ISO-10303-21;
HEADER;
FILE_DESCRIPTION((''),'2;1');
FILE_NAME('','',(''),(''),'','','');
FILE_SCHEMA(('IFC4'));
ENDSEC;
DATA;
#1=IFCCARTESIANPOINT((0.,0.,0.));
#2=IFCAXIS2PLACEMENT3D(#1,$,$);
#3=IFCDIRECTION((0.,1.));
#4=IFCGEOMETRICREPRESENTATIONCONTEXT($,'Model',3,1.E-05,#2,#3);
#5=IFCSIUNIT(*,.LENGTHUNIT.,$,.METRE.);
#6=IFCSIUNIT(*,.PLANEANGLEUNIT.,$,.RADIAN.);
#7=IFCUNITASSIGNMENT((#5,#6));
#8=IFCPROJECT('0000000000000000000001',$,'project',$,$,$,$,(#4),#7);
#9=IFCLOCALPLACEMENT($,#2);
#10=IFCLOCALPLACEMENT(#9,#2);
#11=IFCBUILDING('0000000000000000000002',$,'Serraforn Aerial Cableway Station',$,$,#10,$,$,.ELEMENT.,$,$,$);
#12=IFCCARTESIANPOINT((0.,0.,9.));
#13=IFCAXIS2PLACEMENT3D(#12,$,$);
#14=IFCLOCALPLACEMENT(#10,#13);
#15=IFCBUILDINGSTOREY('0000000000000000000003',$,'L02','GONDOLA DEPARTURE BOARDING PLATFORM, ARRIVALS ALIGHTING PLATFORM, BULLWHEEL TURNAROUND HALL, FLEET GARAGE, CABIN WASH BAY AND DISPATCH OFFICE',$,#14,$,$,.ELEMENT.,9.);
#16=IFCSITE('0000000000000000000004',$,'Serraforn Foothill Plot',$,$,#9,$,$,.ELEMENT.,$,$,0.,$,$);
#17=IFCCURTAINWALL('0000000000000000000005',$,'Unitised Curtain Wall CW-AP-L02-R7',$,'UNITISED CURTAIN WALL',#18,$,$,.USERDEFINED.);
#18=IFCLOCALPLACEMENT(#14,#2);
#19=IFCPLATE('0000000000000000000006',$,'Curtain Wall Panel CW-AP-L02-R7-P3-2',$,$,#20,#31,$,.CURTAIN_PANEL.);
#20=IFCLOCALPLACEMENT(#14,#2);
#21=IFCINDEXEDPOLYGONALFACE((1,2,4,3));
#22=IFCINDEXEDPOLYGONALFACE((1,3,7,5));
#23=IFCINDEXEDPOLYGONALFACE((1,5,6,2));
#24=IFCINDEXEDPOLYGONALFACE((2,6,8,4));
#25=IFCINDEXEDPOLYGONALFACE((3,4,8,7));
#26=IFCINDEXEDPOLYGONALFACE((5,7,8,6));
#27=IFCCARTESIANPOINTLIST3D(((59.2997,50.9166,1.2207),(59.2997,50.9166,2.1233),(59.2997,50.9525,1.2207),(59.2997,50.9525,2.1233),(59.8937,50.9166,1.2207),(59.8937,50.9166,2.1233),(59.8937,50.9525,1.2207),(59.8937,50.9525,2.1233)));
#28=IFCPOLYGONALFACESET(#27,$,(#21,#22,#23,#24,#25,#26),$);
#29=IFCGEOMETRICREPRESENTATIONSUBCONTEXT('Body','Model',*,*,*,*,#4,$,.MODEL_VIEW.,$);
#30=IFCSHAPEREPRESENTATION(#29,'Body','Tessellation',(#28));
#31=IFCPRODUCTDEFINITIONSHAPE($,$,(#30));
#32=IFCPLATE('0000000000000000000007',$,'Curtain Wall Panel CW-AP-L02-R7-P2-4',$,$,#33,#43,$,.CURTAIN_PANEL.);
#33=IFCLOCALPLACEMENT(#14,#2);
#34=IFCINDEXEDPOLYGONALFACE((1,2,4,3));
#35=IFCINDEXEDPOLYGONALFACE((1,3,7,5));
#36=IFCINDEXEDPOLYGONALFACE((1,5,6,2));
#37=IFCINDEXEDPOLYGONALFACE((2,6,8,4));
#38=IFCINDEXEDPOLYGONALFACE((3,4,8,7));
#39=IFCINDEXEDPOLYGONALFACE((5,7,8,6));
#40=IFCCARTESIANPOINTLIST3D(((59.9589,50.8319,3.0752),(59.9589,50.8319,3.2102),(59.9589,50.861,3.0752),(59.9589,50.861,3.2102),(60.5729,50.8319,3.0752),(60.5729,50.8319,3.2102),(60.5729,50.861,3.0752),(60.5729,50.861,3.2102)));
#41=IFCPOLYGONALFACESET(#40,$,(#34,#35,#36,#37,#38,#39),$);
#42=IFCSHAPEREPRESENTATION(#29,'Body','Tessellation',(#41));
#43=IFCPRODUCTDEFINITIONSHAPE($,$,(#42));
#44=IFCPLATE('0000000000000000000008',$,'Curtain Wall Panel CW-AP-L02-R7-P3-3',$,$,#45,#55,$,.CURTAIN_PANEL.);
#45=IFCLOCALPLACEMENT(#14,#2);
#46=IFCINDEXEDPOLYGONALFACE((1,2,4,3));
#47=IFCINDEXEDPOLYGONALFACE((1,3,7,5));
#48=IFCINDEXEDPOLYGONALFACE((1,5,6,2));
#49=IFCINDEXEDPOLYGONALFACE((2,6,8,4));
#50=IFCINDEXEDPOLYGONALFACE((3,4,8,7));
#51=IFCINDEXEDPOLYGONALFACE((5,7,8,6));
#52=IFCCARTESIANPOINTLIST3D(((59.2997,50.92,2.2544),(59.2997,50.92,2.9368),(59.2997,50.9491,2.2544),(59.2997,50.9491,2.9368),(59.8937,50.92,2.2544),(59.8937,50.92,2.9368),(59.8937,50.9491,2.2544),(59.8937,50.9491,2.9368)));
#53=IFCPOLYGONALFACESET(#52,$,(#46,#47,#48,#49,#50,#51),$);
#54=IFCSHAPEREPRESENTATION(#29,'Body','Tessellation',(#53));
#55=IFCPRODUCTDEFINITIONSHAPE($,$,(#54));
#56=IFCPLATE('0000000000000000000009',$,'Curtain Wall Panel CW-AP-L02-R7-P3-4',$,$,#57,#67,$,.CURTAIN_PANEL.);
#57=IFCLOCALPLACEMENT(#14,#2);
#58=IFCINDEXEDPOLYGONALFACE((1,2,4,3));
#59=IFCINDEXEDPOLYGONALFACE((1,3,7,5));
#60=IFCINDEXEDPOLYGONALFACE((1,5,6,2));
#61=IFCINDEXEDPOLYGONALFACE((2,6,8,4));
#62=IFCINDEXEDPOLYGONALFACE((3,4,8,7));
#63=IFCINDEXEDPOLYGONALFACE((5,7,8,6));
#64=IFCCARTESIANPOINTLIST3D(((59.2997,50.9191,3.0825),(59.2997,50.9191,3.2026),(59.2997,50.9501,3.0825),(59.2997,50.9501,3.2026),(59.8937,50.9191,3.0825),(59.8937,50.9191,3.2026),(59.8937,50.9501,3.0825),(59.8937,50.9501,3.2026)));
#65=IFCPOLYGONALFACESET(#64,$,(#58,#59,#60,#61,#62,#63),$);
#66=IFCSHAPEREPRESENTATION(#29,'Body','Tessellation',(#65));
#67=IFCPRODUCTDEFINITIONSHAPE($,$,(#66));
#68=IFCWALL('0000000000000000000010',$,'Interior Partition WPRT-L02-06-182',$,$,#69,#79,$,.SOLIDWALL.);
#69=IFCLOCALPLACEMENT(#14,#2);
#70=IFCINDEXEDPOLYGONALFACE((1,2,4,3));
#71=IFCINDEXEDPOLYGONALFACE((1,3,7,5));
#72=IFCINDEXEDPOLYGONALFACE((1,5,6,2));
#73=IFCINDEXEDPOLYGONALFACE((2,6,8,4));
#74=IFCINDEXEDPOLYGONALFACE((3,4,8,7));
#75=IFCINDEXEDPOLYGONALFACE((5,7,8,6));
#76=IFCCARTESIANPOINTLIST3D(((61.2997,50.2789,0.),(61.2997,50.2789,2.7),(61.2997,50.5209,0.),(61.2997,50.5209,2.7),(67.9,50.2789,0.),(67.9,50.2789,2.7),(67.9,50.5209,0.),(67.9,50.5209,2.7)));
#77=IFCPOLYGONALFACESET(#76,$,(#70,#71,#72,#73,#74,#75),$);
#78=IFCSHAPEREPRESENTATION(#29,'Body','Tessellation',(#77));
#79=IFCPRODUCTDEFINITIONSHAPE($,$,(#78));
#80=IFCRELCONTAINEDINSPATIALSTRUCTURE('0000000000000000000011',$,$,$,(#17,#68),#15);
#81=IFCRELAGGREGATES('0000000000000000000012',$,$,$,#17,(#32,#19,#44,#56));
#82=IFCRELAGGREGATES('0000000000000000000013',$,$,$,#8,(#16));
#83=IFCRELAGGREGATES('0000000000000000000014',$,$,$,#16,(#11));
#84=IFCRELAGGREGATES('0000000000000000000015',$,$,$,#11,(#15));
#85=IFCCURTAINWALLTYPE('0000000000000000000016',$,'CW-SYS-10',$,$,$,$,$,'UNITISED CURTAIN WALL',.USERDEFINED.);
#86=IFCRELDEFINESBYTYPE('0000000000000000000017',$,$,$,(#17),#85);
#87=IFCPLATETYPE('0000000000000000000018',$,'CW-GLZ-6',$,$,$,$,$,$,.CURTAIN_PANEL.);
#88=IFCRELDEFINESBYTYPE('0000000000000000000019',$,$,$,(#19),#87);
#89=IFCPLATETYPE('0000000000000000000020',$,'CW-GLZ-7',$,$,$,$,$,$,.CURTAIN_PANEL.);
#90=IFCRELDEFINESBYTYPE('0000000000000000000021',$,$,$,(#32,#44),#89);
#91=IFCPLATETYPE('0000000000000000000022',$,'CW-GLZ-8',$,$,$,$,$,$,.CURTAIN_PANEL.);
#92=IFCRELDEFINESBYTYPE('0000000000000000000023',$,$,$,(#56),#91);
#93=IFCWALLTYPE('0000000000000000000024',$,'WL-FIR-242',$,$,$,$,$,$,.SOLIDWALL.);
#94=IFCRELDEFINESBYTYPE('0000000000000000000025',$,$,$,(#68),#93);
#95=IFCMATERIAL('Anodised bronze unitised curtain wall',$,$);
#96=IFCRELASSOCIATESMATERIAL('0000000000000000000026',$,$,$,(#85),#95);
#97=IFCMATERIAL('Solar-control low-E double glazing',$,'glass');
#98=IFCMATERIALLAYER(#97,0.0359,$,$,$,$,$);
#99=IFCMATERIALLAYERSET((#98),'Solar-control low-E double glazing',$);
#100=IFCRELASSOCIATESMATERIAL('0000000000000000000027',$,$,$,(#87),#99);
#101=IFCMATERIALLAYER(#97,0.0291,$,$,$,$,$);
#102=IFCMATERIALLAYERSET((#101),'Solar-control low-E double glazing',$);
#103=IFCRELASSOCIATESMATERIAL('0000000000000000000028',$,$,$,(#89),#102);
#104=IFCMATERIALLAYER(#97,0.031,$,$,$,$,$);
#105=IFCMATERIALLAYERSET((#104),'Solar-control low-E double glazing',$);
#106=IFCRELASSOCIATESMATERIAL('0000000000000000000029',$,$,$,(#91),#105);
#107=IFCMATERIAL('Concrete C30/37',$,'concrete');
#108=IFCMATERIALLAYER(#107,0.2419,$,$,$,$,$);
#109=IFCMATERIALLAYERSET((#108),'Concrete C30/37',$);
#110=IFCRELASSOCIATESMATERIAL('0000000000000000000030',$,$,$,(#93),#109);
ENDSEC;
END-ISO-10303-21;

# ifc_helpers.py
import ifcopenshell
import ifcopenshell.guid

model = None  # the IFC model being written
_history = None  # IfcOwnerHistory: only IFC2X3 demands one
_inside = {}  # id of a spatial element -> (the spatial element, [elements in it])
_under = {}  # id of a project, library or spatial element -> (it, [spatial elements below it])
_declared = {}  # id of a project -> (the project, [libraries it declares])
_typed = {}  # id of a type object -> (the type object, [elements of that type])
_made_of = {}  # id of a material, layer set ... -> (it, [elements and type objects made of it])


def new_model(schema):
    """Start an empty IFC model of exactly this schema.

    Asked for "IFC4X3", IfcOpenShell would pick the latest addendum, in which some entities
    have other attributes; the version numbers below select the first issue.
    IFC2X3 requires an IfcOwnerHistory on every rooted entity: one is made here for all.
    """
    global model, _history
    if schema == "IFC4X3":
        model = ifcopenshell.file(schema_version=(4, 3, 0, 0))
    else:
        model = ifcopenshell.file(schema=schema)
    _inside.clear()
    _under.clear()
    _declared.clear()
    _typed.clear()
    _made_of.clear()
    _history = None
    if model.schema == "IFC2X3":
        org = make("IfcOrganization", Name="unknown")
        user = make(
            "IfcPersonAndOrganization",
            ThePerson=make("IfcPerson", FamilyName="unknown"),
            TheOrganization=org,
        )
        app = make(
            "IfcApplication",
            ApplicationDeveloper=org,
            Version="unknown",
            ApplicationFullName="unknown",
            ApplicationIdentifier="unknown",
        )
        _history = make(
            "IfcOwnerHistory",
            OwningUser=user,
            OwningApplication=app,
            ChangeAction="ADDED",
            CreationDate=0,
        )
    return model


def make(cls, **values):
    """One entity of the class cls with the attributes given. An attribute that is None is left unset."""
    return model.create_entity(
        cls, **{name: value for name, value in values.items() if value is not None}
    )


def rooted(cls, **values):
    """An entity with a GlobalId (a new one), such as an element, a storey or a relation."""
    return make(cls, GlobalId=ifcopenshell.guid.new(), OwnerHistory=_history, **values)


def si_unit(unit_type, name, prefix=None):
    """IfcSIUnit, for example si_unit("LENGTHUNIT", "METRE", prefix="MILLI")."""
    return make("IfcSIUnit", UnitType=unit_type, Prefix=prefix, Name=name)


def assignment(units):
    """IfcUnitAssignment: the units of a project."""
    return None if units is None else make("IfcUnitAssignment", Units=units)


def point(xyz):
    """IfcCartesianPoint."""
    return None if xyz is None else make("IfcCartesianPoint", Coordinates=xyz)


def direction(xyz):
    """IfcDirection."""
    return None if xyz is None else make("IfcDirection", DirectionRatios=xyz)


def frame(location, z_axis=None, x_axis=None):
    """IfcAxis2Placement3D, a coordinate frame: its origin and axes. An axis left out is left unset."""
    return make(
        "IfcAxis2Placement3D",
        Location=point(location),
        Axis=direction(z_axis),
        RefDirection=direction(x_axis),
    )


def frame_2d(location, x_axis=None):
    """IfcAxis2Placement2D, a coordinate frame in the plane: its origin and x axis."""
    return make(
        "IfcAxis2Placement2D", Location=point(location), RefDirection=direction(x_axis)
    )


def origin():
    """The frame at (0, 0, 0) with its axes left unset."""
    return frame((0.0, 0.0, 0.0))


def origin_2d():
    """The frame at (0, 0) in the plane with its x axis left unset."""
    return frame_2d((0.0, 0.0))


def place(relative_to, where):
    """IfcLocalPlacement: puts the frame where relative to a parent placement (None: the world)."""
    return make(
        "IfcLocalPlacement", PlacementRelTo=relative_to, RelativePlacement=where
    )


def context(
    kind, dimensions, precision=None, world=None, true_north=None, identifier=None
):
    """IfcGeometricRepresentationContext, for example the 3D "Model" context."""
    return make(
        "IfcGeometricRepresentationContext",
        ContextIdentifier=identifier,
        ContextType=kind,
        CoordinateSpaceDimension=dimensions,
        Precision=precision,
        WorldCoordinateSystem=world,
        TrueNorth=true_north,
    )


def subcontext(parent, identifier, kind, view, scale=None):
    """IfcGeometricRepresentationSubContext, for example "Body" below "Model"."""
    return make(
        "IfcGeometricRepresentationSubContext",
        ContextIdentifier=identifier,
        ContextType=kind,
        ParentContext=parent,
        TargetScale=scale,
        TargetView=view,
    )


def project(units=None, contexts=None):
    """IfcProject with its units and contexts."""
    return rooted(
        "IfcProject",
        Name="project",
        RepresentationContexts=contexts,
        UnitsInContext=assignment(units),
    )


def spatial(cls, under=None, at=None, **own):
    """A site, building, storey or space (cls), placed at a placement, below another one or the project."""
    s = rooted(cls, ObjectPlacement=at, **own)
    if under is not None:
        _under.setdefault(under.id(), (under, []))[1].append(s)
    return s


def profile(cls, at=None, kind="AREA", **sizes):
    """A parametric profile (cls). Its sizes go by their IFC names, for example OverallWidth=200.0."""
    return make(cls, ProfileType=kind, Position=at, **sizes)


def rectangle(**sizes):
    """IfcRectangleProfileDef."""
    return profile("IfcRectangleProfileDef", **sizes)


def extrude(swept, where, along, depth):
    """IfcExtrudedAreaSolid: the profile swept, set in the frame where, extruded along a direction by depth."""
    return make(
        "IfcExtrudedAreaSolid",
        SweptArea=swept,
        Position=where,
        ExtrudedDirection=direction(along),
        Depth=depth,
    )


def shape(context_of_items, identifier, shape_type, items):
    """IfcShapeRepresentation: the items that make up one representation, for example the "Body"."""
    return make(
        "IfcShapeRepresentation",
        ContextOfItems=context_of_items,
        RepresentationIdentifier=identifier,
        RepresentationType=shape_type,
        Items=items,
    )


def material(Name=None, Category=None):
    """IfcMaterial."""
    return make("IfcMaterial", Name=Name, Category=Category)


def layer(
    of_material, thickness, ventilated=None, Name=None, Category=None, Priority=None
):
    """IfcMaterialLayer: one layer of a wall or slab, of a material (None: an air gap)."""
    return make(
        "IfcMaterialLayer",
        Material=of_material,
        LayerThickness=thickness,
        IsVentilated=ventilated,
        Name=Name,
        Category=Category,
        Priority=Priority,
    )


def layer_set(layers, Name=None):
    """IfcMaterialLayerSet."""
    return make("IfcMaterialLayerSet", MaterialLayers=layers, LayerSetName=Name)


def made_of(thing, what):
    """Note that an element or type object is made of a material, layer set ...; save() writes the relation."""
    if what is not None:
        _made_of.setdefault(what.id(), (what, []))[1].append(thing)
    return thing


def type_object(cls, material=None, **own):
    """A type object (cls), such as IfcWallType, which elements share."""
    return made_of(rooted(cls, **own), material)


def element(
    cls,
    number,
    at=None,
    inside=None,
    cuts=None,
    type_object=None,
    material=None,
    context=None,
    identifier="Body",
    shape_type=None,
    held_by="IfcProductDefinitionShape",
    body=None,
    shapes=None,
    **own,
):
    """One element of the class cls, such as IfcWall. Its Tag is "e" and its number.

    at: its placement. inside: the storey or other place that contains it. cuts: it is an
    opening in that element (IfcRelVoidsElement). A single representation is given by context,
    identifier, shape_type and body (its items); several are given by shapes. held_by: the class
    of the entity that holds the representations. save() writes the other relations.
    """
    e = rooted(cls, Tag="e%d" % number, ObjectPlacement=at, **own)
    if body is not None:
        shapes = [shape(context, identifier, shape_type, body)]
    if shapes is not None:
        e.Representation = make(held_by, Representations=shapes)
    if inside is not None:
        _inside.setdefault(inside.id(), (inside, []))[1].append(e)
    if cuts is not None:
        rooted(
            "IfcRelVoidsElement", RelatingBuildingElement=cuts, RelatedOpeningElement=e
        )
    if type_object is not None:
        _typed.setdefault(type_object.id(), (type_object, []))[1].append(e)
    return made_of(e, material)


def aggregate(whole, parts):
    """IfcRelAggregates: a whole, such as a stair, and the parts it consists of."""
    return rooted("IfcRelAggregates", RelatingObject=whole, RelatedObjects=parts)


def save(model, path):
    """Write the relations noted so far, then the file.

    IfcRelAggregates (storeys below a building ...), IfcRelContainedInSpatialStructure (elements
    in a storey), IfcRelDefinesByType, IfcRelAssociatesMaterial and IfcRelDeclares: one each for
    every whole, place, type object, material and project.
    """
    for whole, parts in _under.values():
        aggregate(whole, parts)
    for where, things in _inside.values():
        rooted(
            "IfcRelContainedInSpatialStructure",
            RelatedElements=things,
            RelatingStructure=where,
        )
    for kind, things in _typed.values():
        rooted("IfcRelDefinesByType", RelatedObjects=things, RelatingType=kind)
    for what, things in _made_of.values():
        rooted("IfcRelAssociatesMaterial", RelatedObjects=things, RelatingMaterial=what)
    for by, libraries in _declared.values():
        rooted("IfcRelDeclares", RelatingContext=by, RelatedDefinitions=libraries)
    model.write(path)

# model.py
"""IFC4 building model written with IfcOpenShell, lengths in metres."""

from ifc_helpers import new_model, si_unit, direction, frame, frame_2d, origin, origin_2d, place, context, subcontext, project, spatial, rectangle, extrude, material, layer, layer_set, type_object, element, aggregate, save


model = new_model("IFC4")

# Units and contexts
model_context = context("Model", 3, precision=1e-05, world=origin(), true_north=direction((0.0, 1.0)))
body_context = subcontext(model_context, "Body", "Model", "MODEL_VIEW")
ifc_project = project(units=[si_unit("LENGTHUNIT", "METRE"), si_unit("PLANEANGLEUNIT", "RADIAN")], contexts=[model_context])

# Site, building, storey
site_placement = place(None, origin())
site = spatial("IfcSite", under=ifc_project, at=site_placement, Name="Serraforn Foothill Plot", CompositionType="ELEMENT", RefElevation=0.0)
building_placement = place(site_placement, origin())
building = spatial("IfcBuilding", under=site, at=building_placement, Name="Serraforn Aerial Cableway Station", CompositionType="ELEMENT")
storey_placement = place(building_placement, frame((0.0, 0.0, 9.0)))
storey = spatial("IfcBuildingStorey", under=building, at=storey_placement, Name="L02", Description="GONDOLA DEPARTURE BOARDING PLATFORM, ARRIVALS ALIGHTING PLATFORM, BULLWHEEL TURNAROUND HALL, FLEET GARAGE, CABIN WASH BAY AND DISPATCH OFFICE", CompositionType="ELEMENT", Elevation=9.0)

# Curtain wall
ifc_material_1 = material(Name="Anodised bronze unitised curtain wall")
curtain_wall_type_1 = type_object("IfcCurtainWallType", Name="CW-SYS-10", ElementType="UNITISED CURTAIN WALL", PredefinedType="USERDEFINED", material=ifc_material_1)
curtain_wall_1_placement = place(storey_placement, origin())
curtain_wall_1 = element("IfcCurtainWall", 1, at=curtain_wall_1_placement, inside=storey, type_object=curtain_wall_type_1, Name="Unitised Curtain Wall CW-AP-L02-R7", ObjectType="UNITISED CURTAIN WALL", PredefinedType="USERDEFINED")

# Plates
ifc_material_2 = material(Name="Solar-control low-E double glazing", Category="glass")
ifc_layer_1 = layer(ifc_material_2, 0.0359)
ifc_layer_set_1 = layer_set([ifc_layer_1], Name="Solar-control low-E double glazing")
plate_type_1 = type_object("IfcPlateType", Name="CW-GLZ-6", PredefinedType="CURTAIN_PANEL", material=ifc_layer_set_1)
plate_1_placement = place(storey_placement, frame((59.5967, 50.9346, 1.2207), z_axis=(0.0, 0.0, 1.0), x_axis=(1.0, 0.0, 0.0)))
plate_1 = element("IfcPlate", 2, at=plate_1_placement, type_object=plate_type_1, Name="Curtain Wall Panel CW-AP-L02-R7-P3-2", PredefinedType="CURTAIN_PANEL", context=body_context, shape_type="SweptSolid", body=[
    extrude(rectangle(XDim=0.594, YDim=0.0359, at=origin_2d()), origin(), (0.0, 0.0, 1.0), 0.9026),
])
ifc_layer_2 = layer(ifc_material_2, 0.0291)
ifc_layer_set_2 = layer_set([ifc_layer_2], Name="Solar-control low-E double glazing")
plate_type_2 = type_object("IfcPlateType", Name="CW-GLZ-7", PredefinedType="CURTAIN_PANEL", material=ifc_layer_set_2)
plate_2_placement = place(storey_placement, frame((60.2659, 50.8464, 3.0752), z_axis=(0.0, 0.0, 1.0), x_axis=(1.0, 0.0, 0.0)))
plate_2 = element("IfcPlate", 3, at=plate_2_placement, type_object=plate_type_2, Name="Curtain Wall Panel CW-AP-L02-R7-P2-4", PredefinedType="CURTAIN_PANEL", context=body_context, shape_type="SweptSolid", body=[
    extrude(rectangle(XDim=0.614, YDim=0.0291, at=origin_2d()), origin(), (0.0, 0.0, 1.0), 0.135),
])
plate_3_placement = place(storey_placement, frame((59.5967, 50.9346, 2.2544), z_axis=(0.0, 0.0, 1.0), x_axis=(1.0, 0.0, 0.0)))
plate_3 = element("IfcPlate", 4, at=plate_3_placement, type_object=plate_type_2, Name="Curtain Wall Panel CW-AP-L02-R7-P3-3", PredefinedType="CURTAIN_PANEL", context=body_context, shape_type="SweptSolid", body=[
    extrude(rectangle(XDim=0.594, YDim=0.0291, at=origin_2d()), origin(), (0.0, 0.0, 1.0), 0.6824),
])
ifc_layer_3 = layer(ifc_material_2, 0.031)
ifc_layer_set_3 = layer_set([ifc_layer_3], Name="Solar-control low-E double glazing")
plate_type_3 = type_object("IfcPlateType", Name="CW-GLZ-8", PredefinedType="CURTAIN_PANEL", material=ifc_layer_set_3)
plate_4_placement = place(storey_placement, frame((59.5967, 50.9346, 3.0825), z_axis=(0.0, 0.0, 1.0), x_axis=(1.0, 0.0, 0.0)))
plate_4 = element("IfcPlate", 5, at=plate_4_placement, type_object=plate_type_3, Name="Curtain Wall Panel CW-AP-L02-R7-P3-4", PredefinedType="CURTAIN_PANEL", context=body_context, shape_type="SweptSolid", body=[
    extrude(rectangle(XDim=0.594, YDim=0.031, at=origin_2d()), origin(), (0.0, 0.0, 1.0), 0.1201),
])
aggregate(curtain_wall_1, [plate_2, plate_1, plate_3, plate_4])

# Wall
ifc_material_3 = material(Name="Concrete C30/37", Category="concrete")
ifc_layer_4 = layer(ifc_material_3, 0.2419)
ifc_layer_set_4 = layer_set([ifc_layer_4], Name="Concrete C30/37")
wall_type = type_object("IfcWallType", Name="WL-FIR-242", PredefinedType="SOLIDWALL", material=ifc_layer_set_4)
wall_placement = place(storey_placement, frame((61.2996, 50.3999, 0.0), z_axis=(0.0, 0.0, 1.0), x_axis=(1.0, 0.0, 0.0)))
element("IfcWall", 6, at=wall_placement, inside=storey, type_object=wall_type, Name="Interior Partition WPRT-L02-06-182", PredefinedType="SOLIDWALL", context=body_context, shape_type="SweptSolid", body=[
    extrude(rectangle(XDim=6.6003, YDim=0.2419, at=frame_2d((3.3003, 0.0))), origin(), (0.0, 0.0, 1.0), 2.7),
])

save(model, "model.ifc")
